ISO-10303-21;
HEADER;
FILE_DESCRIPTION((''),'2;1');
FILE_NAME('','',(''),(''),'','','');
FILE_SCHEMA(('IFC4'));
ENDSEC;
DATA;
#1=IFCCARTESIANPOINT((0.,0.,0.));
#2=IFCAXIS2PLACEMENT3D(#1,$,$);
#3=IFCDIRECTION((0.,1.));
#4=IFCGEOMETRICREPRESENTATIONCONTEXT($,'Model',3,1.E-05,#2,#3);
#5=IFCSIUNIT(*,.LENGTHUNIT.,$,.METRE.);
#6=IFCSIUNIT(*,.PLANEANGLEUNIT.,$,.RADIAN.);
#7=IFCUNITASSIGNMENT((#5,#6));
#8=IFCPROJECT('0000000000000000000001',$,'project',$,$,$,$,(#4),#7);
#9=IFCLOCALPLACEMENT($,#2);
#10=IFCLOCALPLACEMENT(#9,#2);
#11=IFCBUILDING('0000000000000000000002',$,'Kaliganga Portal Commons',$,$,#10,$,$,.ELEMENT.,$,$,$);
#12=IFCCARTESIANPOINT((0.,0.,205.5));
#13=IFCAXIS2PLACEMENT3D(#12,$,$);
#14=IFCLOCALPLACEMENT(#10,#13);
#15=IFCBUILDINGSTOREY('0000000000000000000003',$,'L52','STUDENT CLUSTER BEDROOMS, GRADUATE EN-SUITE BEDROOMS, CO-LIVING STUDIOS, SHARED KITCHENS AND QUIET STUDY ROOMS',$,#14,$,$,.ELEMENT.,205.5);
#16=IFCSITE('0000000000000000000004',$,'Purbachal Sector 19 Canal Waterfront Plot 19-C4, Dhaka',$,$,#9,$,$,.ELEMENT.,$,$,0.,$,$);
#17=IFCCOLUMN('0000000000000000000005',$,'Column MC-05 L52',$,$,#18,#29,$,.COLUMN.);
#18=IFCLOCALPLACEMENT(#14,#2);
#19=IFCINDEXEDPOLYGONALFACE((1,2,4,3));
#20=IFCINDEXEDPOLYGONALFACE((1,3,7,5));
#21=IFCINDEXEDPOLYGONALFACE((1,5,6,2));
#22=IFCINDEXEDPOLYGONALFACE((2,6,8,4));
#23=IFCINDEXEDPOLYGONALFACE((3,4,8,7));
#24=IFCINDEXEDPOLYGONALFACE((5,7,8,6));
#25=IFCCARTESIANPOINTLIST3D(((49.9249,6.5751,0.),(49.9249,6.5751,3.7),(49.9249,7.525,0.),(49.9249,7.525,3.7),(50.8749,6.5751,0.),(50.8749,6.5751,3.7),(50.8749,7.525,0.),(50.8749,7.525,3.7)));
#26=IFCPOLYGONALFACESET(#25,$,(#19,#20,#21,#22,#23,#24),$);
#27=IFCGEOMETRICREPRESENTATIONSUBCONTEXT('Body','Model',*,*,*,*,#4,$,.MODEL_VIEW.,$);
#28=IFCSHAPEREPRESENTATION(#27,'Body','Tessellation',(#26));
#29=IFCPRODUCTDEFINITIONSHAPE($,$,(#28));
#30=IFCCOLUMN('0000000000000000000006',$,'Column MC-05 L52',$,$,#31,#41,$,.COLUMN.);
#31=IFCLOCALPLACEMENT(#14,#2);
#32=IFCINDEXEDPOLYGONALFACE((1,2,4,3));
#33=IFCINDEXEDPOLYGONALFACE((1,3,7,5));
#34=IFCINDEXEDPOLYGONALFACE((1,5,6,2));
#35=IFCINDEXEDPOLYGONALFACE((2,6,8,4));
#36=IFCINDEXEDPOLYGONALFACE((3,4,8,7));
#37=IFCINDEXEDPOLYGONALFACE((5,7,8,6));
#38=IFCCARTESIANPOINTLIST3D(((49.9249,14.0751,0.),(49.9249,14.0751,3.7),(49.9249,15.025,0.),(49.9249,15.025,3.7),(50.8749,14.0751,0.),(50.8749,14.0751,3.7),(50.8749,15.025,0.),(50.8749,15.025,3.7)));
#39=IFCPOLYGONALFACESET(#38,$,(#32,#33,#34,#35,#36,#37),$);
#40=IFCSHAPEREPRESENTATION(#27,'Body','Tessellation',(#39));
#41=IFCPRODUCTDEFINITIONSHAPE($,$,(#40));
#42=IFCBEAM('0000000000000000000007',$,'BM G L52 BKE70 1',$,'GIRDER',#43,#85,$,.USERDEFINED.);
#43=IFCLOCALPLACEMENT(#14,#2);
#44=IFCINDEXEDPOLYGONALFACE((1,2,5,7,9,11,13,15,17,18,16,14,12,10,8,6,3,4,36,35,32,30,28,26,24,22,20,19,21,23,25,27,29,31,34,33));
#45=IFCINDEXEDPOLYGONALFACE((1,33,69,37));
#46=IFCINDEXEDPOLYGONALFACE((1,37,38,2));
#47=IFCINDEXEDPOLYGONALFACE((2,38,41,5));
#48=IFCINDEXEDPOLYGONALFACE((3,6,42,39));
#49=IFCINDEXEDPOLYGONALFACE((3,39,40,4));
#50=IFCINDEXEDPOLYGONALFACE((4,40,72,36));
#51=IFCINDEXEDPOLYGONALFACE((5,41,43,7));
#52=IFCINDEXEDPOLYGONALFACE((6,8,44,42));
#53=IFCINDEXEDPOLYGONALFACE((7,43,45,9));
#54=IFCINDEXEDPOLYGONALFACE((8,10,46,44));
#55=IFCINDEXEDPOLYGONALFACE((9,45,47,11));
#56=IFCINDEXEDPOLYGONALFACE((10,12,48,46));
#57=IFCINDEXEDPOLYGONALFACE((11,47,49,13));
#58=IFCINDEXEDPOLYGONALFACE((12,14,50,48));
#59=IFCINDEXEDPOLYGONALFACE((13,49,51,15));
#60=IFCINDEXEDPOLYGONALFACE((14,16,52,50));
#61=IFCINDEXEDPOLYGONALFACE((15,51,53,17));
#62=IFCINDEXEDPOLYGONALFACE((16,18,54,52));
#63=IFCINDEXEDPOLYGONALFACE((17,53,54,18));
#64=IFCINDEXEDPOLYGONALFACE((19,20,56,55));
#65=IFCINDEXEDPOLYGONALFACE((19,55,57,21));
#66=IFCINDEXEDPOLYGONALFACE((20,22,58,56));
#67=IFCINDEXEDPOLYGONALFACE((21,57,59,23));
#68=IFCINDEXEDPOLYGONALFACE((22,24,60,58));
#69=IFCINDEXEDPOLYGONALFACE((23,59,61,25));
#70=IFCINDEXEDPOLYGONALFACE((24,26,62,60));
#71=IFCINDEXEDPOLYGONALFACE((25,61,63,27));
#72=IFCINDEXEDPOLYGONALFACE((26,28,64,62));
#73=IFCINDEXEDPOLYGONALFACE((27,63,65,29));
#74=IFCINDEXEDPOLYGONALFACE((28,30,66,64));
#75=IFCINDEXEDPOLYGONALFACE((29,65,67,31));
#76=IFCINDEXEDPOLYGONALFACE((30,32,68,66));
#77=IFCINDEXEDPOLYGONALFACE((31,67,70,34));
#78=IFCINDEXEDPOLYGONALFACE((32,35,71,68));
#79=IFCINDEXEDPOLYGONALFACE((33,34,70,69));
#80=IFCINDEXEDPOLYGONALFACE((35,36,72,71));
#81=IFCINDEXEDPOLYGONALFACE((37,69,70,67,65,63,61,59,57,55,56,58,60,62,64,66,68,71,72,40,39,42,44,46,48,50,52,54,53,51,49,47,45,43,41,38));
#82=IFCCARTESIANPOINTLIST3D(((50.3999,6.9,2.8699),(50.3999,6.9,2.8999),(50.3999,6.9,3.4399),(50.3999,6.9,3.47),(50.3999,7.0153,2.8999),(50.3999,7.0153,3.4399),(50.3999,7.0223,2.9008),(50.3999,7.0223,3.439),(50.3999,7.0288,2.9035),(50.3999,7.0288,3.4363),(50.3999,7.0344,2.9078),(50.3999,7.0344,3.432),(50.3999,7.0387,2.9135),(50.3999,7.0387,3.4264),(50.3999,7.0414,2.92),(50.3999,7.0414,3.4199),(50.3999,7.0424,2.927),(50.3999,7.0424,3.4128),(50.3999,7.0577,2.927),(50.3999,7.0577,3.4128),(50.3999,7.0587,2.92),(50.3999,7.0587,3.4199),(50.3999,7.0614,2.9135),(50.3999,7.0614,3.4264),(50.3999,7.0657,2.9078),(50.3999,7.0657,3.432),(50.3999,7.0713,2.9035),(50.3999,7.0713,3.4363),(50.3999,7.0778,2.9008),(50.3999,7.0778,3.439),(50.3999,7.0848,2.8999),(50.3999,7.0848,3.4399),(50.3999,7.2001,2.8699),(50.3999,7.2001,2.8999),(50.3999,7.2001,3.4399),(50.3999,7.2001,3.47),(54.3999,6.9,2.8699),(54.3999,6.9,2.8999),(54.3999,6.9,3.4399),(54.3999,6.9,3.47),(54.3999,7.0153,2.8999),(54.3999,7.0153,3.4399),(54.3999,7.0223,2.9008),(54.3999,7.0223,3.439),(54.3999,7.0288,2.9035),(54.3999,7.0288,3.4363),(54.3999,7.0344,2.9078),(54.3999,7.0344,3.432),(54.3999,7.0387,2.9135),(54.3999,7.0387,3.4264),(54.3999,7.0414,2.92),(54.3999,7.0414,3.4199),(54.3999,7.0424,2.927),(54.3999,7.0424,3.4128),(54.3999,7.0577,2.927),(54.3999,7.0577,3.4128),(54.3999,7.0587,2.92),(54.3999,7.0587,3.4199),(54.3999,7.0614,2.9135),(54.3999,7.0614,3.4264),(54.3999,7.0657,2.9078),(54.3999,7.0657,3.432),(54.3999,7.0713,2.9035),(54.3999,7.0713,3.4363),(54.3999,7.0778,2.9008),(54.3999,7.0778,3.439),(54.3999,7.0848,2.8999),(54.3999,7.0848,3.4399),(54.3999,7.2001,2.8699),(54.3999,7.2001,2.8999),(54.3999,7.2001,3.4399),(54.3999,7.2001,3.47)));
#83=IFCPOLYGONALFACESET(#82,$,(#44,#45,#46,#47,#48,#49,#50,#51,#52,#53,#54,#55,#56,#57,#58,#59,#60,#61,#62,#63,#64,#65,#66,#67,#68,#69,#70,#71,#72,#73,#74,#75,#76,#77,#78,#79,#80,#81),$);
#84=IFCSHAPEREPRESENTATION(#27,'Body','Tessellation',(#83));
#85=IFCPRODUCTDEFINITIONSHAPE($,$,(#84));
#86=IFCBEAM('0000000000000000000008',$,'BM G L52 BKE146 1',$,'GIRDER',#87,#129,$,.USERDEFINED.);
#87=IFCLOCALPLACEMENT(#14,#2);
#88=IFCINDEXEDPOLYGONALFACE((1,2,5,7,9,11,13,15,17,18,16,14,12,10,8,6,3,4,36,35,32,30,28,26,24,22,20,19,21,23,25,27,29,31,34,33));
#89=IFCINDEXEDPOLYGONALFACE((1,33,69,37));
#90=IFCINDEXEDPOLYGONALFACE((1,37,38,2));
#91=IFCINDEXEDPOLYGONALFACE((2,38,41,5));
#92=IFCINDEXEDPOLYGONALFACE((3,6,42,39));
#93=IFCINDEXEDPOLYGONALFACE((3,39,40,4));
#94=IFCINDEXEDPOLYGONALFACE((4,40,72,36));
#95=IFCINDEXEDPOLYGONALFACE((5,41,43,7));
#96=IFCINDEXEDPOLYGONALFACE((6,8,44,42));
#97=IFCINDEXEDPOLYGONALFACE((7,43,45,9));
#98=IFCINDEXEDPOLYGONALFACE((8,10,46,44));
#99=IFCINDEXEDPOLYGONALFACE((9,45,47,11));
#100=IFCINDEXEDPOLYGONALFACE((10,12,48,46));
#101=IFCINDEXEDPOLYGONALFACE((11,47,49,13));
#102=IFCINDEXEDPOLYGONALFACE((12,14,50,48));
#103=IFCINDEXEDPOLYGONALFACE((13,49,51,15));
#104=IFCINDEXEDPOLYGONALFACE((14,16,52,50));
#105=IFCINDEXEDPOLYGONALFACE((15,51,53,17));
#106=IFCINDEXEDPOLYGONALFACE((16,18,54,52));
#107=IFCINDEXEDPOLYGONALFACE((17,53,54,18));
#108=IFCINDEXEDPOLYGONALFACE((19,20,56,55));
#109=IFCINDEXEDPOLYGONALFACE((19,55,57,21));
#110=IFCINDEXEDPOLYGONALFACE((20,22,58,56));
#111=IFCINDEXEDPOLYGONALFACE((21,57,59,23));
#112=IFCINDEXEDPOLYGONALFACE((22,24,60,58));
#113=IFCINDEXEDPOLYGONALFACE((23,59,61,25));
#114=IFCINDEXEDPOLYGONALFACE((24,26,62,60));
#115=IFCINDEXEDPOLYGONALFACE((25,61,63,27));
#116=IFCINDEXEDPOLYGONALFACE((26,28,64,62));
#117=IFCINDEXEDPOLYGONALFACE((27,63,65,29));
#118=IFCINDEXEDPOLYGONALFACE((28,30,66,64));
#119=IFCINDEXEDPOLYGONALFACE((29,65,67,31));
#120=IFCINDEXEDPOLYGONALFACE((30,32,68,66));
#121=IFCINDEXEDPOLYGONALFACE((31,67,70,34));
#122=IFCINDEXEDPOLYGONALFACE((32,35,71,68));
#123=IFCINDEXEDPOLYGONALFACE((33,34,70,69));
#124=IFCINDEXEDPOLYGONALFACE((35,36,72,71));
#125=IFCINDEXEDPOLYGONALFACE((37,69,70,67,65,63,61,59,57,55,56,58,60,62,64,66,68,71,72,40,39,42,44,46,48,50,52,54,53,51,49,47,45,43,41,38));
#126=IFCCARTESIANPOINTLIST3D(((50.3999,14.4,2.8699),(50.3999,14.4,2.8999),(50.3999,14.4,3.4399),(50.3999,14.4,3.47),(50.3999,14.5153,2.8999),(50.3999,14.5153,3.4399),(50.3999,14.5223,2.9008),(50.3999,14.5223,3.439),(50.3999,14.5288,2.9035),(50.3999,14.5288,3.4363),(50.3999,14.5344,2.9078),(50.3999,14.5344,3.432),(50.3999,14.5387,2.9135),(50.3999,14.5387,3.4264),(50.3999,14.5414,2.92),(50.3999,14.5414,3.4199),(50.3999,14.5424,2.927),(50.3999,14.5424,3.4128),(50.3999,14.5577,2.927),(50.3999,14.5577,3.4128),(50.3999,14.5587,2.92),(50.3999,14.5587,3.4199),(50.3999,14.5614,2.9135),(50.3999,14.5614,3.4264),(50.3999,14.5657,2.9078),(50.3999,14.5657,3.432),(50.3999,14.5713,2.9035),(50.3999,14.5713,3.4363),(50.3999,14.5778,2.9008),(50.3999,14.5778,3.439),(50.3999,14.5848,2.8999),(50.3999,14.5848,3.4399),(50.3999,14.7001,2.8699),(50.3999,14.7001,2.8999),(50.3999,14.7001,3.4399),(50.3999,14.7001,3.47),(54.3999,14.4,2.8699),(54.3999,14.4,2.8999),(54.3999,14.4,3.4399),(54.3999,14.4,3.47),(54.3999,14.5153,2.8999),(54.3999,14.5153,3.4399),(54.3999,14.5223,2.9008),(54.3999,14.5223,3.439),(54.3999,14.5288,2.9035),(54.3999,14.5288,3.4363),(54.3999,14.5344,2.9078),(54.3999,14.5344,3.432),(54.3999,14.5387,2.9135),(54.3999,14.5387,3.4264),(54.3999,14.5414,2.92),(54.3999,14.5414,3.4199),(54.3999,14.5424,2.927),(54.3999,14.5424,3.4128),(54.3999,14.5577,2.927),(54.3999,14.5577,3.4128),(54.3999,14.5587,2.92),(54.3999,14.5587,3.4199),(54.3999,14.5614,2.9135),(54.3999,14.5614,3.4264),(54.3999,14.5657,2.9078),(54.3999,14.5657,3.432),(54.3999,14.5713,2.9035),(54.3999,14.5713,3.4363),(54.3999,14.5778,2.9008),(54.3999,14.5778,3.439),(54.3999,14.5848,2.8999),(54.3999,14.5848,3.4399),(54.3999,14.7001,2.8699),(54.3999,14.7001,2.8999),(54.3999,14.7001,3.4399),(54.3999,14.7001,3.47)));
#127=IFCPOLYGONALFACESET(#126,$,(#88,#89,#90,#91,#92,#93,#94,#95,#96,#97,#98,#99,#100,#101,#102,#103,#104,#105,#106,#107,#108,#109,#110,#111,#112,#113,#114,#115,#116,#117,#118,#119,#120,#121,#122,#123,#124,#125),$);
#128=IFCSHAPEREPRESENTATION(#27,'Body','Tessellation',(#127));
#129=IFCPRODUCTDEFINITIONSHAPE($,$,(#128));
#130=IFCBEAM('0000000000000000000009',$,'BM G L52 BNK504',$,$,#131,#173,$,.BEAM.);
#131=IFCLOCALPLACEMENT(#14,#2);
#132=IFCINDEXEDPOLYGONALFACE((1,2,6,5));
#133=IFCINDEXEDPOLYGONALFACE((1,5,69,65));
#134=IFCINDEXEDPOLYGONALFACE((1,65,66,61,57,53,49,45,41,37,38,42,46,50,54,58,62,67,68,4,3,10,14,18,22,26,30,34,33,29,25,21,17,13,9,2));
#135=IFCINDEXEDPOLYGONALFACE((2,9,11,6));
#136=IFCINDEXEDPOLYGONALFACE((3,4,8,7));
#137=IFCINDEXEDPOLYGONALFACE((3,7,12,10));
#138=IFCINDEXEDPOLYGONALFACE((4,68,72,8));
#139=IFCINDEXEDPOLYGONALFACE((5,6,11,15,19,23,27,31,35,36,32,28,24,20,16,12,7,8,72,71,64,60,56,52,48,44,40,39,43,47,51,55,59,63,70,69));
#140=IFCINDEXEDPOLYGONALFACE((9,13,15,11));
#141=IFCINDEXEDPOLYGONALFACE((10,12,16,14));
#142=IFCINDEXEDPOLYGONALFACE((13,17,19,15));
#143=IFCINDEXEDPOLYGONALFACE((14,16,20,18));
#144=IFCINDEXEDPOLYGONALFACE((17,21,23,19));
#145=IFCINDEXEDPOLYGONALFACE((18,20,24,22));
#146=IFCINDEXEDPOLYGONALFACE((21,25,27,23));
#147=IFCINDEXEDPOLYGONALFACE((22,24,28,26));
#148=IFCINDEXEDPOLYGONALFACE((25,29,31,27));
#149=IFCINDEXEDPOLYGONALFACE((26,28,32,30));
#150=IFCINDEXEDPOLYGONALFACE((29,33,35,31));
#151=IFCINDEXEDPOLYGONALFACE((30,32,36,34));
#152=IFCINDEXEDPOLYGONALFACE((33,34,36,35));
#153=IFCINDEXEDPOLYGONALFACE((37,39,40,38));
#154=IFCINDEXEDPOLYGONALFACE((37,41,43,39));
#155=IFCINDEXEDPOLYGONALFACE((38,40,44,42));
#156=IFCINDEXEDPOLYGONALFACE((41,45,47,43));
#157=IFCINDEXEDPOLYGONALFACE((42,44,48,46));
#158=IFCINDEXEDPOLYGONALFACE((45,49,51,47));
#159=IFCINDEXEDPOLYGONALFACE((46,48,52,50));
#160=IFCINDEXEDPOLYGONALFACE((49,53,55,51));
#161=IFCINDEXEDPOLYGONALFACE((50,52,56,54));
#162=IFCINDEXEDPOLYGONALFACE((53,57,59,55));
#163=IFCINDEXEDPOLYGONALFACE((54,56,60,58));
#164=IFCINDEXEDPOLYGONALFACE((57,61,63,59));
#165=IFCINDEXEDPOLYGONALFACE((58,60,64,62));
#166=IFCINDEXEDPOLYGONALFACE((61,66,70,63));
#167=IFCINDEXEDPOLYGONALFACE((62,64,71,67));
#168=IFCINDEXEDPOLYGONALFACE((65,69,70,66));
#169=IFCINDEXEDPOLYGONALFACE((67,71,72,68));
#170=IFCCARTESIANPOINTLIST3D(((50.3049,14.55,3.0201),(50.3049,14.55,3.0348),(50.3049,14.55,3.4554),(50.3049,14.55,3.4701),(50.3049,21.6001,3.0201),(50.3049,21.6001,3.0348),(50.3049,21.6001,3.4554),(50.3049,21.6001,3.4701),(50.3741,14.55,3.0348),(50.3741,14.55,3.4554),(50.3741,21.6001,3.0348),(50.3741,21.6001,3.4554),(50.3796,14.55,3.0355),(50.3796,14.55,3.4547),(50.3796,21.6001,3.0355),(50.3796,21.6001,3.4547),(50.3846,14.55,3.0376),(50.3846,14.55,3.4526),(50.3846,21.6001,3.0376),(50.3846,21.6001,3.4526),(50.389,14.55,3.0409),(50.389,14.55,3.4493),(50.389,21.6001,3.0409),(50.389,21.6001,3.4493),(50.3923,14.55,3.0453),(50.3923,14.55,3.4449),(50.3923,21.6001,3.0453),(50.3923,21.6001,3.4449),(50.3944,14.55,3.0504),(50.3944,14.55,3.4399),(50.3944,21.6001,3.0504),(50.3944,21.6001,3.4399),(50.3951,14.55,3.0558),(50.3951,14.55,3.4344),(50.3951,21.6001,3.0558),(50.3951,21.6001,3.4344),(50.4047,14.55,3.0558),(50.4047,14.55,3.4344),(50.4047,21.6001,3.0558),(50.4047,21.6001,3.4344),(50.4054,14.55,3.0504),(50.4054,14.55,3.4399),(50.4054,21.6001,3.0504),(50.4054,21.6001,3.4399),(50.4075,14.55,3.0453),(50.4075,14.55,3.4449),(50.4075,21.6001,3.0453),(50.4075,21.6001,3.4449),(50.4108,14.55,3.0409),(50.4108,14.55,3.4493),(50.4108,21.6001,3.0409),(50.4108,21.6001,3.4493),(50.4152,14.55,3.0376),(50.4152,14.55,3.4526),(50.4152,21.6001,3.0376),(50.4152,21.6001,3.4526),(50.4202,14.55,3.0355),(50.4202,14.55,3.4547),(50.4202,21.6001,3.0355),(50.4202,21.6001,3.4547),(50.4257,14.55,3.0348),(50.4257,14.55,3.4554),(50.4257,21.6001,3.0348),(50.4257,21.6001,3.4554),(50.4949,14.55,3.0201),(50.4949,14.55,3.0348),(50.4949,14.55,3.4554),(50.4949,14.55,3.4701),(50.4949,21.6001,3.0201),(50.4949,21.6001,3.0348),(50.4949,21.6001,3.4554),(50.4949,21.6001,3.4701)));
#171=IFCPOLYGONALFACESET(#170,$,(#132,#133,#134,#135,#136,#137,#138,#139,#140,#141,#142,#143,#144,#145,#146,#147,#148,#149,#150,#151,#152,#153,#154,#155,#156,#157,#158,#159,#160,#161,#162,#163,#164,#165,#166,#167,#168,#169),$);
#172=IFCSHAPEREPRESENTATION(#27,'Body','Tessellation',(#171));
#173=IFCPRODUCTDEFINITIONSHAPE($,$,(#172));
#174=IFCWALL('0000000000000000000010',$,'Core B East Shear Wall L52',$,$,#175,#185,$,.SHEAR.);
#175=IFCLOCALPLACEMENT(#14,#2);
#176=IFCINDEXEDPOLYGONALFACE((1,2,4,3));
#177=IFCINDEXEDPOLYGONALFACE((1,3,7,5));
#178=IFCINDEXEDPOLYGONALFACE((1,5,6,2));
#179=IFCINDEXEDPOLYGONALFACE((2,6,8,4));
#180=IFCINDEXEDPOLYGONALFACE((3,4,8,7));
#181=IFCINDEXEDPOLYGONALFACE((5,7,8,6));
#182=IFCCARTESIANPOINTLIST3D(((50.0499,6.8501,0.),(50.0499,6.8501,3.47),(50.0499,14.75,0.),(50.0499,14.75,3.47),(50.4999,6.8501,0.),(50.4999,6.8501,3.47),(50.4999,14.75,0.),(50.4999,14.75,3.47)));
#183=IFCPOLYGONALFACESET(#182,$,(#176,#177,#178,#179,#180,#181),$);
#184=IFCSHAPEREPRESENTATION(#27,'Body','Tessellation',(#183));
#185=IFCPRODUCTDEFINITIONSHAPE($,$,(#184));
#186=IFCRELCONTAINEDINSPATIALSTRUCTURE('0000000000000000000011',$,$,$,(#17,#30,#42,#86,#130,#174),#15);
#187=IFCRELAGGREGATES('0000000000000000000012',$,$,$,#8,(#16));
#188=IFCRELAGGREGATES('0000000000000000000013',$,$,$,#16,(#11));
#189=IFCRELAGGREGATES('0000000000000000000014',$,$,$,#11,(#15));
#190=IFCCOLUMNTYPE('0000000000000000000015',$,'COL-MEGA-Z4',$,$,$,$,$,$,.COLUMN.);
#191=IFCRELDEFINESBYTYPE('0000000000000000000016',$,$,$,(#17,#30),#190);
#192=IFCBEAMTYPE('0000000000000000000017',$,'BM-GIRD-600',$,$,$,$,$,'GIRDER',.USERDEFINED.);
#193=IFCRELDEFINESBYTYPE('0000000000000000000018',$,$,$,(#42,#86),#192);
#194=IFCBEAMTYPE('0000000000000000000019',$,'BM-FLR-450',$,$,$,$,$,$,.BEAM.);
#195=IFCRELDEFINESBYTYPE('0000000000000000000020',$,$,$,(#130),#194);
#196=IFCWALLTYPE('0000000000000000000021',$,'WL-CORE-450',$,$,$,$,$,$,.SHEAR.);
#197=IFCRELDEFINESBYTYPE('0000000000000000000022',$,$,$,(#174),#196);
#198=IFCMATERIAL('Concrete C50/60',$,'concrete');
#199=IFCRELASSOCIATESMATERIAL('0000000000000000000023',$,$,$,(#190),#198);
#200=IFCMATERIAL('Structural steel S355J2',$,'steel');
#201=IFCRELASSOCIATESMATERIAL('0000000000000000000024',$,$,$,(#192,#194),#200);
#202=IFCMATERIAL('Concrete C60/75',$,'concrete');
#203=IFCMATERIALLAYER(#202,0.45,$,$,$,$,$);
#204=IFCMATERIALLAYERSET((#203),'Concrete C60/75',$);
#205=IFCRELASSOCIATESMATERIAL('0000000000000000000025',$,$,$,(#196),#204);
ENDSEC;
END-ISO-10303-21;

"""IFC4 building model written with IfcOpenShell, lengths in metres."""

from ifc_helpers import new_model, si_unit, direction, frame, frame_2d, origin, origin_2d, place, context, subcontext, project, spatial, rectangle, i_section, extrude, source, transform, mapped, material, layer, layer_set, material_profile, profile_set, type_object, element, save


model = new_model("IFC4")

# Units and contexts
model_context = context("Model", 3, precision=1e-05, world=origin(), true_north=direction((0.0, 1.0)))
body_context = subcontext(model_context, "Body", "Model", "MODEL_VIEW")
ifc_project = project(units=[si_unit("LENGTHUNIT", "METRE"), si_unit("PLANEANGLEUNIT", "RADIAN")], contexts=[model_context])

# Site, building, storey
site_placement = place(None, origin())
site = spatial("IfcSite", under=ifc_project, at=site_placement, Name="Purbachal Sector 19 Canal Waterfront Plot 19-C4, Dhaka", CompositionType="ELEMENT", RefElevation=0.0)
building_placement = place(site_placement, origin())
building = spatial("IfcBuilding", under=site, at=building_placement, Name="Kaliganga Portal Commons", CompositionType="ELEMENT")
storey_placement = place(building_placement, frame((0.0, 0.0, 205.5)))
storey = spatial("IfcBuildingStorey", under=building, at=storey_placement, Name="L52", Description="STUDENT CLUSTER BEDROOMS, GRADUATE EN-SUITE BEDROOMS, CO-LIVING STUDIOS, SHARED KITCHENS AND QUIET STUDY ROOMS", CompositionType="ELEMENT", Elevation=205.5)

# Columns
ifc_material_1 = material(Name="Concrete C50/60", Category="concrete")
ifc_material_profile_1 = material_profile(ifc_material_1, rectangle(XDim=0.95, YDim=0.95, at=origin_2d()), Name="RC 950x950")
ifc_profile_set_1 = profile_set([ifc_material_profile_1], Name="Concrete C50/60")
column_type = type_object("IfcColumnType", Name="COL-MEGA-Z4", PredefinedType="COLUMN", material=ifc_profile_set_1)
shared_shape_1 = source(origin(), body_context, "Body", "SweptSolid", [
    extrude(rectangle(XDim=0.95, YDim=0.95, at=origin_2d()), origin(), (0.0, 0.0, 1.0), 3.7),
])
for number, where, z_axis, x_axis, name in (
    (1, (50.3999, 7.05, 0.0), (0.0, 0.0, 1.0), (1.0, 0.0, 0.0), "Column MC-05 L52"),
    (2, (50.3999, 14.55, 0.0), (0.0, 0.0, 1.0), (1.0, 0.0, 0.0), "Column MC-05 L52"),
):
    element("IfcColumn", number, at=place(storey_placement, frame(where, z_axis=z_axis, x_axis=x_axis)), inside=storey, type_object=column_type, Name=name, PredefinedType="COLUMN", context=body_context, shape_type="MappedRepresentation", body=[
        mapped(shared_shape_1, transform((0.0, 0.0, 0.0), x_axis=(1.0, 0.0, 0.0), y_axis=(0.0, 1.0, 0.0), z_axis=(0.0, 0.0, 1.0), scale=1.0)),
    ])

# Beams
ifc_material_2 = material(Name="Structural steel S355J2", Category="steel")
ifc_material_profile_2 = material_profile(ifc_material_2, i_section(OverallWidth=0.3, OverallDepth=0.6001, WebThickness=0.0154, FlangeThickness=0.03, FilletRadius=0.0271, at=origin_2d()), Name="HE 600 B")
ifc_profile_set_2 = profile_set([ifc_material_profile_2], Name="Structural steel S355J2 wide-flange")
beam_type_1 = type_object("IfcBeamType", Name="BM-GIRD-600", ElementType="GIRDER", PredefinedType="USERDEFINED", material=ifc_profile_set_2)
shared_shape_2 = source(origin(), body_context, "Body", "SweptSolid", [
    extrude(i_section(OverallWidth=0.3, OverallDepth=0.6001, WebThickness=0.0154, FlangeThickness=0.03, FilletRadius=0.0271, at=origin_2d()), origin(), (0.0, 0.0, 1.0), 4.0),
])
for number, where, z_axis, x_axis, name in (
    (3, (50.3999, 7.05, 3.1699), (1.0, 0.0, 0.0), (0.0, 1.0, 0.0), "BM G L52 BKE70 1"),
    (4, (50.3999, 14.55, 3.1699), (1.0, 0.0, 0.0), (0.0, 1.0, 0.0), "BM G L52 BKE146 1"),
):
    element("IfcBeam", number, at=place(storey_placement, frame(where, z_axis=z_axis, x_axis=x_axis)), inside=storey, type_object=beam_type_1, Name=name, ObjectType="GIRDER", PredefinedType="USERDEFINED", context=body_context, shape_type="MappedRepresentation", body=[
        mapped(shared_shape_2, transform((0.0, 0.0, 0.0), x_axis=(1.0, 0.0, 0.0), y_axis=(0.0, 1.0, 0.0), z_axis=(0.0, 0.0, 1.0), scale=1.0)),
    ])
ifc_material_profile_3 = material_profile(ifc_material_2, i_section(OverallWidth=0.1899, OverallDepth=0.45, WebThickness=0.0095, FlangeThickness=0.0146, FilletRadius=0.021, at=origin_2d()), Name="IPE 450")
ifc_profile_set_3 = profile_set([ifc_material_profile_3], Name="Structural steel S355J2 wide-flange")
beam_type_2 = type_object("IfcBeamType", Name="BM-FLR-450", PredefinedType="BEAM", material=ifc_profile_set_3)
shared_shape_3 = source(origin(), body_context, "Body", "SweptSolid", [
    extrude(i_section(OverallWidth=0.1899, OverallDepth=0.45, WebThickness=0.0095, FlangeThickness=0.0146, FilletRadius=0.021, at=origin_2d()), origin(), (0.0, 0.0, 1.0), 7.05),
])
beam_placement = place(storey_placement, frame((50.3999, 14.55, 3.2451), z_axis=(0.0, 1.0, 0.0), x_axis=(-1.0, 0.0, 0.0)))
element("IfcBeam", 5, at=beam_placement, inside=storey, type_object=beam_type_2, Name="BM G L52 BNK504", PredefinedType="BEAM", context=body_context, shape_type="MappedRepresentation", body=[
    mapped(shared_shape_3, transform((0.0, 0.0, 0.0), x_axis=(1.0, 0.0, 0.0), y_axis=(0.0, 1.0, 0.0), z_axis=(0.0, 0.0, 1.0), scale=1.0)),
])

# Wall
ifc_material_3 = material(Name="Concrete C60/75", Category="concrete")
ifc_layer_1 = layer(ifc_material_3, 0.45)
ifc_layer_set_1 = layer_set([ifc_layer_1], Name="Concrete C60/75")
wall_type_1 = type_object("IfcWallType", Name="WL-CORE-450", PredefinedType="SHEAR", material=ifc_layer_set_1)
wall_1_placement = place(storey_placement, frame((50.2749, 6.8501, 0.0), z_axis=(0.0, 0.0, 1.0), x_axis=(0.0, 1.0, 0.0)))
element("IfcWall", 6, at=wall_1_placement, inside=storey, type_object=wall_type_1, Name="Core B East Shear Wall L52", PredefinedType="SHEAR", context=body_context, shape_type="SweptSolid", body=[
    extrude(rectangle(XDim=7.8999, YDim=0.45, at=frame_2d((3.95, 0.0))), origin(), (0.0, 0.0, 1.0), 3.47),
])

save(model, "model.ifc")
